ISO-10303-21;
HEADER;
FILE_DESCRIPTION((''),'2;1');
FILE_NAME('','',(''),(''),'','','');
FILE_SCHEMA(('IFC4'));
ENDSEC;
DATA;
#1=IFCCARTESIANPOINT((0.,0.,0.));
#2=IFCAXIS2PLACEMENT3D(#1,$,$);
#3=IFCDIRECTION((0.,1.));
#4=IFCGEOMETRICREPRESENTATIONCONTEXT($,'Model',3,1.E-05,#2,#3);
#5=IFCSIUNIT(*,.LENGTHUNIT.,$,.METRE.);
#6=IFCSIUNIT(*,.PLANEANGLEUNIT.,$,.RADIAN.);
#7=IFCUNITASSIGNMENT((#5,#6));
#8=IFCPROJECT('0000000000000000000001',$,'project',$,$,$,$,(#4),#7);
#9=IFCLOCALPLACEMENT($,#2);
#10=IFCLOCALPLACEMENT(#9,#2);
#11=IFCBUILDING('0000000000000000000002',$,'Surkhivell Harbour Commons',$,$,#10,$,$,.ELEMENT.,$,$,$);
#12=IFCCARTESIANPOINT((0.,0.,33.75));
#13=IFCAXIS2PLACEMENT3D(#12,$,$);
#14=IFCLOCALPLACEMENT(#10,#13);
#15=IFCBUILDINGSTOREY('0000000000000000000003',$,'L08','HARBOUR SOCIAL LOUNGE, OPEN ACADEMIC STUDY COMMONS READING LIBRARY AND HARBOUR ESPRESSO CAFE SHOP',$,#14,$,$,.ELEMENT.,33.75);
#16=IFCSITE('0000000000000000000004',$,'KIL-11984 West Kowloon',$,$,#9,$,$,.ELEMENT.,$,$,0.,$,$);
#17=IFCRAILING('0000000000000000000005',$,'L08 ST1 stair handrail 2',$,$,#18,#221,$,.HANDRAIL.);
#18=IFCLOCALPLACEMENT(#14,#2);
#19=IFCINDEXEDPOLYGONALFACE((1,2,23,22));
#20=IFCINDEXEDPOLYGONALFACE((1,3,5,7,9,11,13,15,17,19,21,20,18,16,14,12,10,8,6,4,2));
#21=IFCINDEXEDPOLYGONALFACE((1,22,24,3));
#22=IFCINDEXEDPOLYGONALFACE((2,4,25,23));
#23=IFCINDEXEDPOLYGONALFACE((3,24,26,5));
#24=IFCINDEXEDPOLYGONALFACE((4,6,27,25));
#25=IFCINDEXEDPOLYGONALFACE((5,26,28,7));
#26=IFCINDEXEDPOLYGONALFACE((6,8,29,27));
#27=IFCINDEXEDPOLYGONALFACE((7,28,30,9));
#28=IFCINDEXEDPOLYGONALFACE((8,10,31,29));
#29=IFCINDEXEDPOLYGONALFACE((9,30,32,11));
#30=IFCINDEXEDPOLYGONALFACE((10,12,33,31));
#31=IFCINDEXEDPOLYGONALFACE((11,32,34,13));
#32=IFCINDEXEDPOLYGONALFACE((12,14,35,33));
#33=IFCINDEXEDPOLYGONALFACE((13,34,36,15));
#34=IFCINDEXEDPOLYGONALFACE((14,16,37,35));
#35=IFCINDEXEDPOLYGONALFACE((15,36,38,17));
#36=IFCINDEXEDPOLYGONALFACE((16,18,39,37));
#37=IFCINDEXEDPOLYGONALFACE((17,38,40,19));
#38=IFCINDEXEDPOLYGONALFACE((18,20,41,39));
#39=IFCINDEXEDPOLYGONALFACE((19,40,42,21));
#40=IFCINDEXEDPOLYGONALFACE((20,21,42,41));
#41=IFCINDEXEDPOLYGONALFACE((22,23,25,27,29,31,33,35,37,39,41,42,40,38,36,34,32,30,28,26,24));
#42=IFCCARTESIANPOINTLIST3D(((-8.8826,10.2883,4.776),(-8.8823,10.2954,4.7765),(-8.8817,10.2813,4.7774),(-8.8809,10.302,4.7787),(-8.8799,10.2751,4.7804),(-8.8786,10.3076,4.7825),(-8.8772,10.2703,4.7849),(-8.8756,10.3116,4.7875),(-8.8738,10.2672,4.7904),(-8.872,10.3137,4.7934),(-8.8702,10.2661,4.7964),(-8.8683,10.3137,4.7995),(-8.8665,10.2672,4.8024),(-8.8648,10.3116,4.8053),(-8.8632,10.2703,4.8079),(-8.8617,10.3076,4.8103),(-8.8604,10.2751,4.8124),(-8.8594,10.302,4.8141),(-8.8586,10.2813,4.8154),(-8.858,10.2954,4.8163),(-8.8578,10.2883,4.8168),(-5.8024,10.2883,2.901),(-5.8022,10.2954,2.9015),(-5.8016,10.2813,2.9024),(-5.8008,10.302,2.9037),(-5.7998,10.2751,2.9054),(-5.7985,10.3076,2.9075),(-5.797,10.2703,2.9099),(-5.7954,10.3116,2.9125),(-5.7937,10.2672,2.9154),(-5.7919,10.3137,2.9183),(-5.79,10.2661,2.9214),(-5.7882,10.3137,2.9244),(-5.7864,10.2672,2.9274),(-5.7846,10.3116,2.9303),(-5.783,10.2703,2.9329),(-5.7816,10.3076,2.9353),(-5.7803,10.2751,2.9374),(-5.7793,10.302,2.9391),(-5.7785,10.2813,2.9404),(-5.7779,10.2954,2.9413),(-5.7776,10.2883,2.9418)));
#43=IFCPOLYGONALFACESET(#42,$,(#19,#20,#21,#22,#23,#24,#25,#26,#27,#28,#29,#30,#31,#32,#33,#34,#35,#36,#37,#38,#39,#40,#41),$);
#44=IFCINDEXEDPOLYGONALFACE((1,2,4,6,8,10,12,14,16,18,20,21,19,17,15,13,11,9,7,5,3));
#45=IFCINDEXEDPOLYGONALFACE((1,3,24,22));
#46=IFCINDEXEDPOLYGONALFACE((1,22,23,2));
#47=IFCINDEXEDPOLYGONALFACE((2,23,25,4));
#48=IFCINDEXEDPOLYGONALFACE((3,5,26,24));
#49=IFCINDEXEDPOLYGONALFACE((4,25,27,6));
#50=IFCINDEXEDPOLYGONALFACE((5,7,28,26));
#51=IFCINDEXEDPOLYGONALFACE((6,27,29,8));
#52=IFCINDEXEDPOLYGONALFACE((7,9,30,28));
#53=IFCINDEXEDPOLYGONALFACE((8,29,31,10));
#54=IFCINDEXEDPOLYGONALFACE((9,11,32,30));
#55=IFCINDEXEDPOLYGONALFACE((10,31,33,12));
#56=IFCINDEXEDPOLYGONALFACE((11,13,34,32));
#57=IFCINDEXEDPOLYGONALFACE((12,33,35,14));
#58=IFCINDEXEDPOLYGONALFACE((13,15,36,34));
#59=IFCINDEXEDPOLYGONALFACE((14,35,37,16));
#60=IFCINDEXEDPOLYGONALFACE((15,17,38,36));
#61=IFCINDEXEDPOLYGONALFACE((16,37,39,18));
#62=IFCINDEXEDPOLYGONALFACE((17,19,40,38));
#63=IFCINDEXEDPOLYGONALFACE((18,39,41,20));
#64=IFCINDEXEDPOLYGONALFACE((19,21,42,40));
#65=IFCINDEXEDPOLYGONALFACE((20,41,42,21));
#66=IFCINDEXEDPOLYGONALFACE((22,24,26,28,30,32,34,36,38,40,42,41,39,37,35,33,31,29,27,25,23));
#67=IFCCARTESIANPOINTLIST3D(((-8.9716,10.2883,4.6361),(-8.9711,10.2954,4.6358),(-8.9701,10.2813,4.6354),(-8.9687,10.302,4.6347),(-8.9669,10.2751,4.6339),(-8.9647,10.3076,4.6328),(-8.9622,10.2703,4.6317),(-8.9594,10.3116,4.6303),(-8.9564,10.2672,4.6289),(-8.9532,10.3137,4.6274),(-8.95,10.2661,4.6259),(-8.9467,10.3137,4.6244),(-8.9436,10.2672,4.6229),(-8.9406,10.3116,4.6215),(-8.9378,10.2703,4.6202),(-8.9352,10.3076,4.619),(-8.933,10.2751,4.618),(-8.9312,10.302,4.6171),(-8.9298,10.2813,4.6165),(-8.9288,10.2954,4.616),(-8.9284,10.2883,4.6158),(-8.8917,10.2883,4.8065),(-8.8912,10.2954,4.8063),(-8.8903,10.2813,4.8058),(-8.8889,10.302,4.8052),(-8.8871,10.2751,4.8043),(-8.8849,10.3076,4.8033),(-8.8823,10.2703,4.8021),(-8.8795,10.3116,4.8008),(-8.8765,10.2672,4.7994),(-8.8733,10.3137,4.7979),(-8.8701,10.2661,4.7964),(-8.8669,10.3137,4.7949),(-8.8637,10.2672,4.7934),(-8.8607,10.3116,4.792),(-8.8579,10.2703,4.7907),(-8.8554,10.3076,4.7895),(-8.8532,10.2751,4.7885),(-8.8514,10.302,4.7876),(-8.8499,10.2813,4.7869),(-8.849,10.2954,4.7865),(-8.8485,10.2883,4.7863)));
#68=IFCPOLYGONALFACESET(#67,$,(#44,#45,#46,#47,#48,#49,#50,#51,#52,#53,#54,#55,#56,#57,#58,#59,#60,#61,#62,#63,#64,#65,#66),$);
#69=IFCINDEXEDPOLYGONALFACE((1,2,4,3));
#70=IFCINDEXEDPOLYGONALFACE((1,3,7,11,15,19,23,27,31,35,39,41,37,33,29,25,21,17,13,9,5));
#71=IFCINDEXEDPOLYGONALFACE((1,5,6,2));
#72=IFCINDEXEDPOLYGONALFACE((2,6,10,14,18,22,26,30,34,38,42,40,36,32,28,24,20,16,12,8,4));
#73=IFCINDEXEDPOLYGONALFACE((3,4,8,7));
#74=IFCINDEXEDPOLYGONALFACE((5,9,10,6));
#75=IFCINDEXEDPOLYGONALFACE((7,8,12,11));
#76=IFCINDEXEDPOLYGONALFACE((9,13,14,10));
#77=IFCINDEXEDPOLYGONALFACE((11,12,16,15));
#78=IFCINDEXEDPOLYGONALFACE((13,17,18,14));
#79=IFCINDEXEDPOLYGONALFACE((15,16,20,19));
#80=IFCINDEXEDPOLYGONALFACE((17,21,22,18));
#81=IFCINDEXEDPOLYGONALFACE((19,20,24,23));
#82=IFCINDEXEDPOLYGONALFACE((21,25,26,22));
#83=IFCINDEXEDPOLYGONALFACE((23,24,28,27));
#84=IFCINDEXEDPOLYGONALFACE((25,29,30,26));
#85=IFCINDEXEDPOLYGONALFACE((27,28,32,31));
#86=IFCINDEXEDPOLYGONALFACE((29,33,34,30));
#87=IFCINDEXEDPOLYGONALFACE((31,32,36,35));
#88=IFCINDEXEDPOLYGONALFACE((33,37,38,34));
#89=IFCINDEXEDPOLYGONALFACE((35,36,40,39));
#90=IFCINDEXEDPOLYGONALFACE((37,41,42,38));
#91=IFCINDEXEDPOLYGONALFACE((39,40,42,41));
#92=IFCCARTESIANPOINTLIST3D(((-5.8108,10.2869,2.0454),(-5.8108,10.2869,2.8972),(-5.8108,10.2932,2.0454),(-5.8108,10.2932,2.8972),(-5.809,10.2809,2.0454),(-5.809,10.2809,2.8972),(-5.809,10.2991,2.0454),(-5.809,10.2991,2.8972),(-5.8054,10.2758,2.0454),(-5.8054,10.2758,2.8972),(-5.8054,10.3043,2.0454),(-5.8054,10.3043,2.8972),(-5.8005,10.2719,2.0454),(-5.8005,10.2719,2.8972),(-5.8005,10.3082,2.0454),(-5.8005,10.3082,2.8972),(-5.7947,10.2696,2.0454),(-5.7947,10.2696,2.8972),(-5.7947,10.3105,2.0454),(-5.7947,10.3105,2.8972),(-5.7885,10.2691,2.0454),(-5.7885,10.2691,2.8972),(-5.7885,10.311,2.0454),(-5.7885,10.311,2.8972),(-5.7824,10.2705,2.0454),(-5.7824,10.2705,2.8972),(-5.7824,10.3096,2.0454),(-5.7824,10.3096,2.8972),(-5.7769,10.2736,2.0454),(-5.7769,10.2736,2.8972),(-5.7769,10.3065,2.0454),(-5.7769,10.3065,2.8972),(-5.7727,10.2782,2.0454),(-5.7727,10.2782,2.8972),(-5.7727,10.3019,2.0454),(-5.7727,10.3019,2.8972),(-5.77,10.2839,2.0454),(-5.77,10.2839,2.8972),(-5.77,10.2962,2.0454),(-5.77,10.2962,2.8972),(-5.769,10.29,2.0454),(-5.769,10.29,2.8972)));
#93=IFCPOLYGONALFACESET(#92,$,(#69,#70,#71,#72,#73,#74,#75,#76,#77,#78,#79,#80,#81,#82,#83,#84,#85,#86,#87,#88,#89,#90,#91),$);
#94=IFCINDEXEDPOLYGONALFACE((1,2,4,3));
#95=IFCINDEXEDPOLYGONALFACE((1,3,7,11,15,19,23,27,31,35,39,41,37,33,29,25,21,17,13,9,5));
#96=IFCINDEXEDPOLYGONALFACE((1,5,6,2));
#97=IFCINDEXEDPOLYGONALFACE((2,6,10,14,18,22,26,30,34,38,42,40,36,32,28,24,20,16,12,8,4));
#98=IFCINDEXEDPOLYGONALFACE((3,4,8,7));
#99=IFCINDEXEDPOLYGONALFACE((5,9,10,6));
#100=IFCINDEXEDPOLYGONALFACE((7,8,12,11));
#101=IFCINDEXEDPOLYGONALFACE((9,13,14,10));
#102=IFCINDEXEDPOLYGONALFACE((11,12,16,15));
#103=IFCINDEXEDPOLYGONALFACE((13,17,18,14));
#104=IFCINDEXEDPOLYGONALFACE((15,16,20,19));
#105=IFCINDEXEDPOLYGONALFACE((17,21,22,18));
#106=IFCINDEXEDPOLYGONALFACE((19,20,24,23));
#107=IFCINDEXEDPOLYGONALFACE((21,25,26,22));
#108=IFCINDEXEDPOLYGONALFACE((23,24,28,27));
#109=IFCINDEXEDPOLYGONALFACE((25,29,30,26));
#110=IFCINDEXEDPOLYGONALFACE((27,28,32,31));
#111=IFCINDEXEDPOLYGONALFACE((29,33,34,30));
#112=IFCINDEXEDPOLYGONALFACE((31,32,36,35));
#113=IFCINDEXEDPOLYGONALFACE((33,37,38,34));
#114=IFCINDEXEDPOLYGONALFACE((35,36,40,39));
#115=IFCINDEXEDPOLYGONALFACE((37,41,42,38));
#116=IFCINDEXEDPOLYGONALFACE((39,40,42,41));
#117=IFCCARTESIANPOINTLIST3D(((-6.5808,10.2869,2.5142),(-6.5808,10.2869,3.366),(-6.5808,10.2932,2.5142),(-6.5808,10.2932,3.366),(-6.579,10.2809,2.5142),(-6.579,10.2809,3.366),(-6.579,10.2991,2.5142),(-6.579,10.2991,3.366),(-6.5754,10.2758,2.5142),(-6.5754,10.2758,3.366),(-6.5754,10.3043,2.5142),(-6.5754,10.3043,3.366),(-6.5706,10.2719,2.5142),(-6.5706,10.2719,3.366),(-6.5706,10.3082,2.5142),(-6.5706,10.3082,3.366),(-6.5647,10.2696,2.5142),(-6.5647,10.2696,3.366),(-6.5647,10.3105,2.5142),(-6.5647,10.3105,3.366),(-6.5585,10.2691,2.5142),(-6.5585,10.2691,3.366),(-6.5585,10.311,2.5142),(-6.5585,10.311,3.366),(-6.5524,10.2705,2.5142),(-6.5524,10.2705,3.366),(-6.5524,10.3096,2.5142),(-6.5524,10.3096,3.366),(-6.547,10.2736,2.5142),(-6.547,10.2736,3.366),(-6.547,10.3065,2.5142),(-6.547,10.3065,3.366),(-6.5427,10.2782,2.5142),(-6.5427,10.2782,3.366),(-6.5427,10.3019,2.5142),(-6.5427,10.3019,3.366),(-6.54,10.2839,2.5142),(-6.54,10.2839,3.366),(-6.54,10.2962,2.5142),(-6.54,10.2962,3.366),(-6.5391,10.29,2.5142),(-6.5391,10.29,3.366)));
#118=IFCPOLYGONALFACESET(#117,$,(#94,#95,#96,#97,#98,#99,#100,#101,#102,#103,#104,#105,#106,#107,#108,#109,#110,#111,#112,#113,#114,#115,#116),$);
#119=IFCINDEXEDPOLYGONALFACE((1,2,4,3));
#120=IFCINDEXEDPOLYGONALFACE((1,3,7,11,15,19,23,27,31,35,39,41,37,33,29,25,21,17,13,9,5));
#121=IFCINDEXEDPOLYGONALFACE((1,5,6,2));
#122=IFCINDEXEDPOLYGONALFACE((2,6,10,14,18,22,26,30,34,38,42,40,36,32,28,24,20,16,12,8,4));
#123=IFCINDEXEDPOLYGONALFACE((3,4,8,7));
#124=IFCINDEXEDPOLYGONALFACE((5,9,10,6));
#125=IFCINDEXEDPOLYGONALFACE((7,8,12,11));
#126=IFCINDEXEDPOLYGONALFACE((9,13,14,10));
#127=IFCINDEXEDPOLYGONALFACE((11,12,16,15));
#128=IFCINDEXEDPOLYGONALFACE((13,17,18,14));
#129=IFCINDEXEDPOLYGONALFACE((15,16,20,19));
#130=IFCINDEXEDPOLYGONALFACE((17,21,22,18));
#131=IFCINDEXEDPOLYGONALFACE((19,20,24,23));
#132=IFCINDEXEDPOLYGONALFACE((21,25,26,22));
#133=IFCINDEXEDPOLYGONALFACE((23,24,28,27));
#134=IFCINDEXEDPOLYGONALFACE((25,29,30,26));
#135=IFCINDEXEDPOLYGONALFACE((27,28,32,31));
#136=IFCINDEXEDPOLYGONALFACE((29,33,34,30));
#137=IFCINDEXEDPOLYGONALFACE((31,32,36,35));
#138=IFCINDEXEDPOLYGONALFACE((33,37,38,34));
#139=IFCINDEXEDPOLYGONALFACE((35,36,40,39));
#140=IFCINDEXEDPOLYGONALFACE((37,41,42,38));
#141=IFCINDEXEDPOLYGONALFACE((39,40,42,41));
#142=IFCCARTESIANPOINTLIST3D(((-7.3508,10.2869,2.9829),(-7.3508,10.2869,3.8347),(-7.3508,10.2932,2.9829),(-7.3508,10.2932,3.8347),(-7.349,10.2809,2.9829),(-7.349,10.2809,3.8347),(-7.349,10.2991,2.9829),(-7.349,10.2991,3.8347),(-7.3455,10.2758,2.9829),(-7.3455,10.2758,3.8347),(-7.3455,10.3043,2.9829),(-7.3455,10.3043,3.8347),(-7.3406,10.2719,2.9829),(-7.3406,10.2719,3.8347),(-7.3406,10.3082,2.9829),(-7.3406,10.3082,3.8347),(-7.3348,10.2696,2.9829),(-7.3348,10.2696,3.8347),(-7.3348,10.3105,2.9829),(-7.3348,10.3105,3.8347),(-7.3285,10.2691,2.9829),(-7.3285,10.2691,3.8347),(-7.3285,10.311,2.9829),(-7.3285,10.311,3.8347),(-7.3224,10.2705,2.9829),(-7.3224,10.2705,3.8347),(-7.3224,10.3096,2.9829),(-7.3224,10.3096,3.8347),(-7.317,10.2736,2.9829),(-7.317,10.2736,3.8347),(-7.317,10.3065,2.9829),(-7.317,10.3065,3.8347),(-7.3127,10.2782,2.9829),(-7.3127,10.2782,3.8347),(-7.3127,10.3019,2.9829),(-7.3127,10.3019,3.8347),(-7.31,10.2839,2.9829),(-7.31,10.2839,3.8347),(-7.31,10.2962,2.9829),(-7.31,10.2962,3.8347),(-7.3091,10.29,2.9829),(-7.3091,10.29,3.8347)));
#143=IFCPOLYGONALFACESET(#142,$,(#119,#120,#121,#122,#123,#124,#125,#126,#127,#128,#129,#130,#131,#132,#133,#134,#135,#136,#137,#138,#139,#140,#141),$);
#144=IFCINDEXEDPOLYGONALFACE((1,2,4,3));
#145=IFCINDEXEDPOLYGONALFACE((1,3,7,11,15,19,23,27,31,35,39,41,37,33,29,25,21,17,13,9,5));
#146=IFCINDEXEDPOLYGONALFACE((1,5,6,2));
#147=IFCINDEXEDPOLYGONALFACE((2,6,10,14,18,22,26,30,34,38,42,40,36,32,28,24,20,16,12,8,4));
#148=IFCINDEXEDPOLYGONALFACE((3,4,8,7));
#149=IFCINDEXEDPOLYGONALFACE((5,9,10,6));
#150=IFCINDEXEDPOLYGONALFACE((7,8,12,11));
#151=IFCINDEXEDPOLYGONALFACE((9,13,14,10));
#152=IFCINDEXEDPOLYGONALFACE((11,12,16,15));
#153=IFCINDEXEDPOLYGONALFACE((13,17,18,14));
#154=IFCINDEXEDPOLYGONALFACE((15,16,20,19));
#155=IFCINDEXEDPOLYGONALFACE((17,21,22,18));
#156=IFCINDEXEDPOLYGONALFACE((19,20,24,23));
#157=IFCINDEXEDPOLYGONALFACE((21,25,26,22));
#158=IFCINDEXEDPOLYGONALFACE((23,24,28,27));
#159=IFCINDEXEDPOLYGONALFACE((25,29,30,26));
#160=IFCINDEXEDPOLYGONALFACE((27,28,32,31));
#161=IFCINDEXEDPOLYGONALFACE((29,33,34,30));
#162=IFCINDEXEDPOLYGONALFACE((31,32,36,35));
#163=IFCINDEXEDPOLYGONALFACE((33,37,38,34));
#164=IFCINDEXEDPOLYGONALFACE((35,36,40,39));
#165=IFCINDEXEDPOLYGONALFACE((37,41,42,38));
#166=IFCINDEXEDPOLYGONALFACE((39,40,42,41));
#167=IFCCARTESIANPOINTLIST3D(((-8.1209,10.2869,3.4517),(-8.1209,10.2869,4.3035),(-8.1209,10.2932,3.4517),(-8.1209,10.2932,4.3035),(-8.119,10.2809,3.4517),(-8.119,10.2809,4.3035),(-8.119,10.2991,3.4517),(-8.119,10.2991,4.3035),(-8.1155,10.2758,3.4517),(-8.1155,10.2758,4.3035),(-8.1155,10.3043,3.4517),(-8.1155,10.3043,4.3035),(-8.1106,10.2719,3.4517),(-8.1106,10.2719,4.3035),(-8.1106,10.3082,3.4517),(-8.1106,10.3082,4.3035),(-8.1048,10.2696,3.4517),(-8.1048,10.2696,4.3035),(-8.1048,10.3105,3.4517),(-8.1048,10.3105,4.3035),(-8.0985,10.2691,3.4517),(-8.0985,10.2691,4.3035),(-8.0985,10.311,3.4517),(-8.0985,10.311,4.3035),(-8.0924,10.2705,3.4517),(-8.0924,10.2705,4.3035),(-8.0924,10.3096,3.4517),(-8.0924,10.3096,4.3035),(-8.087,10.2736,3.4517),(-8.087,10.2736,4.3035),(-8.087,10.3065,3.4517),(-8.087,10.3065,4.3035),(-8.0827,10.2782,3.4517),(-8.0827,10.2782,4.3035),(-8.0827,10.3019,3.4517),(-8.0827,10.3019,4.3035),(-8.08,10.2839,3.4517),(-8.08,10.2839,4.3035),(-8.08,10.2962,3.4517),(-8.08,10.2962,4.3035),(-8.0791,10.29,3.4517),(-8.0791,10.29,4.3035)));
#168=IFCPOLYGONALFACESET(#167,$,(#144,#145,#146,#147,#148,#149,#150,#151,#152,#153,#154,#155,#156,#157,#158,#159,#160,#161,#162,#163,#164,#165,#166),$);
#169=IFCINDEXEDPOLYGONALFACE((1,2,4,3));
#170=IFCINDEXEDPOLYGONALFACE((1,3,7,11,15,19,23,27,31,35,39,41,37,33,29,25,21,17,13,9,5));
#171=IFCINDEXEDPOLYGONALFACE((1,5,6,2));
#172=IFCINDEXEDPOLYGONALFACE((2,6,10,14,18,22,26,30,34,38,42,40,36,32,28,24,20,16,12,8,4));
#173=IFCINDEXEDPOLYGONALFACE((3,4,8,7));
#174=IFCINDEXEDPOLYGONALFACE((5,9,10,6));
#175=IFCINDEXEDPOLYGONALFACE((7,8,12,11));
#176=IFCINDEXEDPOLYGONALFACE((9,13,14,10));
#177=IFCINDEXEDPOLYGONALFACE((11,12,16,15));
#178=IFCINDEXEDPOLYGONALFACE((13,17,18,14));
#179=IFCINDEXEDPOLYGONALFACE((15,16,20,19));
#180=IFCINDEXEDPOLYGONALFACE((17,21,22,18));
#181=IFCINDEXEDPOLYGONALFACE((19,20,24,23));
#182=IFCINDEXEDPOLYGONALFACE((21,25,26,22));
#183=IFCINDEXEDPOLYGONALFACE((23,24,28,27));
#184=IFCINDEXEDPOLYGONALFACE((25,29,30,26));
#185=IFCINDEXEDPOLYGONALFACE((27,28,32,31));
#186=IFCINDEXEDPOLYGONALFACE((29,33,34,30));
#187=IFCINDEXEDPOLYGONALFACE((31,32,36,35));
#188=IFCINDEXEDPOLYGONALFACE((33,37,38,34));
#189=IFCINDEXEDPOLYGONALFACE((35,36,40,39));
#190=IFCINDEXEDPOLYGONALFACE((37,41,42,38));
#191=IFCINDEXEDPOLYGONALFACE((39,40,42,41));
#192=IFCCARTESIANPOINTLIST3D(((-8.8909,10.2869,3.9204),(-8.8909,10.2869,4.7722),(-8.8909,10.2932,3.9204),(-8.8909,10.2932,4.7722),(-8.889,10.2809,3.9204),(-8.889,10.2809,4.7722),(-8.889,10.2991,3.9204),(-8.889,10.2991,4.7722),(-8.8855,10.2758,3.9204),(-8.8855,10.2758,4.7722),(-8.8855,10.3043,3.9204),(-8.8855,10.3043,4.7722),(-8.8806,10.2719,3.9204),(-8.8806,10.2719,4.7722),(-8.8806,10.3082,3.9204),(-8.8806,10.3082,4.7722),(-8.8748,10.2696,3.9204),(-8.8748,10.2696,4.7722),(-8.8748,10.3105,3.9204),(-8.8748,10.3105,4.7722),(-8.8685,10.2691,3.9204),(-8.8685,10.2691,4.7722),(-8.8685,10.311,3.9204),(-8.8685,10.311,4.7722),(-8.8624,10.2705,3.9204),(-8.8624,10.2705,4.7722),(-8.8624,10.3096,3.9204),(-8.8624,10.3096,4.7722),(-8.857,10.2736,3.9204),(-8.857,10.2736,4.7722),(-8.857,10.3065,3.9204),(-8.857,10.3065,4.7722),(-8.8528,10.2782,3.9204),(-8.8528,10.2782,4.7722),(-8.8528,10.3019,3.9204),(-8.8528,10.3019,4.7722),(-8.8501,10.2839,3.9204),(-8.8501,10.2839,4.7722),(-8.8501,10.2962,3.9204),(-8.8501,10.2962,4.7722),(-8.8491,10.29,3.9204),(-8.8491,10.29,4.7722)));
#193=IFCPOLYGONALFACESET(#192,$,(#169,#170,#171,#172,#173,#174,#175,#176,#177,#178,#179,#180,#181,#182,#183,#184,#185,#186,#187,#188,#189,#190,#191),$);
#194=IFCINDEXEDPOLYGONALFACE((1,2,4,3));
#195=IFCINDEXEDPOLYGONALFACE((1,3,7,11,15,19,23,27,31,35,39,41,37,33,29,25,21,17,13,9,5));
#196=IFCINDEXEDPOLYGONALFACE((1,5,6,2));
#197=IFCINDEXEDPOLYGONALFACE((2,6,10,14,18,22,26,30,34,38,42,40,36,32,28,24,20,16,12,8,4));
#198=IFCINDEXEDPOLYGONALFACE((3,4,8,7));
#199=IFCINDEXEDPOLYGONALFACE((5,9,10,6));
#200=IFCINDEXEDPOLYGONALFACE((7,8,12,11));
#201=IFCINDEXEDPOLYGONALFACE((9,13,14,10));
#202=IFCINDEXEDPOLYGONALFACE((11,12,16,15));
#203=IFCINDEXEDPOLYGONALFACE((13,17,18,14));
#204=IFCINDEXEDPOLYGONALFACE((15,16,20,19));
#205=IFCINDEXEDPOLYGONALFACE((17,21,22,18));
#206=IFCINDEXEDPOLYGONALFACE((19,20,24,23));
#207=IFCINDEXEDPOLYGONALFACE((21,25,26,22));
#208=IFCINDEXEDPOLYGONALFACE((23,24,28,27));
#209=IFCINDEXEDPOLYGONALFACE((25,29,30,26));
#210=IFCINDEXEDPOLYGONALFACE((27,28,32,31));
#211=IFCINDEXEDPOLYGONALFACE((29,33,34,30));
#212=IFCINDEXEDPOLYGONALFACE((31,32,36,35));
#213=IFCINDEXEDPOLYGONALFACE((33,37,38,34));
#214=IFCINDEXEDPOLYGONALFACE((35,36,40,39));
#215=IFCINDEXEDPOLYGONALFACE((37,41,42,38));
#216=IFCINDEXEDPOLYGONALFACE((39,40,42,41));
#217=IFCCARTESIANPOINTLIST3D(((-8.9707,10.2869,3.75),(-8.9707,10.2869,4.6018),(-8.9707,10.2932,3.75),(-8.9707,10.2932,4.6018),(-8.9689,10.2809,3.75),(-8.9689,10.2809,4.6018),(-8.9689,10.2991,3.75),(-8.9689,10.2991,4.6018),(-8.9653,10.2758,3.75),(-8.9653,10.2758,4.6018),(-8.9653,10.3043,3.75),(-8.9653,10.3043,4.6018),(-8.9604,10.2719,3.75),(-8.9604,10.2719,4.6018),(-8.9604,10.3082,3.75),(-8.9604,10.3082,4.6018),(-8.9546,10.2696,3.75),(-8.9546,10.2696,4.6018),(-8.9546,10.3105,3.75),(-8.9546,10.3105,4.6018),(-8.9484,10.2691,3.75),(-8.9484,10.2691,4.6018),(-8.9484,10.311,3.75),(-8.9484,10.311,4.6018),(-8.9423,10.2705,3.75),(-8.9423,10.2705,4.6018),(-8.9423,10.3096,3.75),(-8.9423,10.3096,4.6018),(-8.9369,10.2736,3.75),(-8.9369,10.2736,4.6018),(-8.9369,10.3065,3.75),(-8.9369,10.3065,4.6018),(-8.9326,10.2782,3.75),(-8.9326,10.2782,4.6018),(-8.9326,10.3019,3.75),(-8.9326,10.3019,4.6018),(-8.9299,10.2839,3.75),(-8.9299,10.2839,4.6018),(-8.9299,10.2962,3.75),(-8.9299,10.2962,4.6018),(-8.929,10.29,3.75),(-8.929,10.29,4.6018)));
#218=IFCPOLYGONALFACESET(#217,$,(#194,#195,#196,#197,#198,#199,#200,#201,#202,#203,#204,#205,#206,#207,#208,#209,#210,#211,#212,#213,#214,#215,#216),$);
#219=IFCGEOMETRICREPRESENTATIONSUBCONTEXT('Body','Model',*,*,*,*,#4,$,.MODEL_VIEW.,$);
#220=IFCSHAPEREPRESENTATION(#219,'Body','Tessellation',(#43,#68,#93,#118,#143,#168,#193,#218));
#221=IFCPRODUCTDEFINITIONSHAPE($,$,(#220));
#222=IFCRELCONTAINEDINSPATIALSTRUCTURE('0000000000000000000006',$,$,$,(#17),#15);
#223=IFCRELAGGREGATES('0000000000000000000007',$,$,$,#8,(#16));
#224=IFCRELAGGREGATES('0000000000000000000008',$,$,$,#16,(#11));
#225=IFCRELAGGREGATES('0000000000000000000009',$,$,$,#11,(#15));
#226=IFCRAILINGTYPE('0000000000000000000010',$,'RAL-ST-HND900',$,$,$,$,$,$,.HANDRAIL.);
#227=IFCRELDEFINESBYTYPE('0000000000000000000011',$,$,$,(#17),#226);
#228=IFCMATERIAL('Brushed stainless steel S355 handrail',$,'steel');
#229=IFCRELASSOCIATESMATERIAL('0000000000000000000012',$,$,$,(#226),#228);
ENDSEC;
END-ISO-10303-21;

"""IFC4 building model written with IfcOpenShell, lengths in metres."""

from ifc_helpers import new_model, si_unit, direction, frame, origin, origin_2d, place, context, subcontext, project, spatial, circle, extrude, material, type_object, element, save


model = new_model("IFC4")

# Units and contexts
model_context = context("Model", 3, precision=1e-05, world=origin(), true_north=direction((0.0, 1.0)))
body_context = subcontext(model_context, "Body", "Model", "MODEL_VIEW")
ifc_project = project(units=[si_unit("LENGTHUNIT", "METRE"), si_unit("PLANEANGLEUNIT", "RADIAN")], contexts=[model_context])

# Site, building, storey
site_placement = place(None, origin())
site = spatial("IfcSite", under=ifc_project, at=site_placement, Name="KIL-11984 West Kowloon", CompositionType="ELEMENT", RefElevation=0.0)
building_placement = place(site_placement, origin())
building = spatial("IfcBuilding", under=site, at=building_placement, Name="Surkhivell Harbour Commons", CompositionType="ELEMENT")
storey_placement = place(building_placement, frame((0.0, 0.0, 33.75)))
storey = spatial("IfcBuildingStorey", under=building, at=storey_placement, Name="L08", Description="HARBOUR SOCIAL LOUNGE, OPEN ACADEMIC STUDY COMMONS READING LIBRARY AND HARBOUR ESPRESSO CAFE SHOP", CompositionType="ELEMENT", Elevation=33.75)

# Railing
ifc_material_1 = material(Name="Brushed stainless steel S355 handrail", Category="steel")
railing_type_1 = type_object("IfcRailingType", Name="RAL-ST-HND900", PredefinedType="HANDRAIL", material=ifc_material_1)
railing_1_placement = place(storey_placement, frame((-5.79, 10.29, 2.0454)))
element("IfcRailing", 1, at=railing_1_placement, inside=storey, type_object=railing_type_1, Name="L08 ST1 stair handrail 2", PredefinedType="HANDRAIL", context=body_context, shape_type="SweptSolid", body=[
    extrude(circle(Radius=0.0239, at=origin_2d()), frame((0.0, 0.0, 0.876), z_axis=(-0.854178, 0.0, 0.519981), x_axis=(0.0, -1.0, 0.0)), (0.0, 0.0, 1.0), 3.606),
    extrude(circle(Radius=0.0239, at=origin_2d()), frame((-3.0801, 0.0, 2.751), z_axis=(-0.424234, 0.0, -0.905552), x_axis=(0.0, -1.0, 0.0)), (0.0, 0.0, 1.0), 0.1882),
    extrude(circle(Radius=0.021, at=origin_2d()), origin(), (0.0, 0.0, 1.0), 0.8518),
    extrude(circle(Radius=0.021, at=origin_2d()), frame((-0.77, 0.0, 0.4688)), (0.0, 0.0, 1.0), 0.8518),
    extrude(circle(Radius=0.021, at=origin_2d()), frame((-1.54, 0.0, 0.9375)), (0.0, 0.0, 1.0), 0.8518),
    extrude(circle(Radius=0.021, at=origin_2d()), frame((-2.3101, 0.0, 1.4062)), (0.0, 0.0, 1.0), 0.8518),
    extrude(circle(Radius=0.021, at=origin_2d()), frame((-3.0801, 0.0, 1.875)), (0.0, 0.0, 1.0), 0.8518),
    extrude(circle(Radius=0.021, at=origin_2d()), frame((-3.1599, 0.0, 1.7046)), (0.0, 0.0, 1.0), 0.8518),
])

save(model, "model.ifc")
